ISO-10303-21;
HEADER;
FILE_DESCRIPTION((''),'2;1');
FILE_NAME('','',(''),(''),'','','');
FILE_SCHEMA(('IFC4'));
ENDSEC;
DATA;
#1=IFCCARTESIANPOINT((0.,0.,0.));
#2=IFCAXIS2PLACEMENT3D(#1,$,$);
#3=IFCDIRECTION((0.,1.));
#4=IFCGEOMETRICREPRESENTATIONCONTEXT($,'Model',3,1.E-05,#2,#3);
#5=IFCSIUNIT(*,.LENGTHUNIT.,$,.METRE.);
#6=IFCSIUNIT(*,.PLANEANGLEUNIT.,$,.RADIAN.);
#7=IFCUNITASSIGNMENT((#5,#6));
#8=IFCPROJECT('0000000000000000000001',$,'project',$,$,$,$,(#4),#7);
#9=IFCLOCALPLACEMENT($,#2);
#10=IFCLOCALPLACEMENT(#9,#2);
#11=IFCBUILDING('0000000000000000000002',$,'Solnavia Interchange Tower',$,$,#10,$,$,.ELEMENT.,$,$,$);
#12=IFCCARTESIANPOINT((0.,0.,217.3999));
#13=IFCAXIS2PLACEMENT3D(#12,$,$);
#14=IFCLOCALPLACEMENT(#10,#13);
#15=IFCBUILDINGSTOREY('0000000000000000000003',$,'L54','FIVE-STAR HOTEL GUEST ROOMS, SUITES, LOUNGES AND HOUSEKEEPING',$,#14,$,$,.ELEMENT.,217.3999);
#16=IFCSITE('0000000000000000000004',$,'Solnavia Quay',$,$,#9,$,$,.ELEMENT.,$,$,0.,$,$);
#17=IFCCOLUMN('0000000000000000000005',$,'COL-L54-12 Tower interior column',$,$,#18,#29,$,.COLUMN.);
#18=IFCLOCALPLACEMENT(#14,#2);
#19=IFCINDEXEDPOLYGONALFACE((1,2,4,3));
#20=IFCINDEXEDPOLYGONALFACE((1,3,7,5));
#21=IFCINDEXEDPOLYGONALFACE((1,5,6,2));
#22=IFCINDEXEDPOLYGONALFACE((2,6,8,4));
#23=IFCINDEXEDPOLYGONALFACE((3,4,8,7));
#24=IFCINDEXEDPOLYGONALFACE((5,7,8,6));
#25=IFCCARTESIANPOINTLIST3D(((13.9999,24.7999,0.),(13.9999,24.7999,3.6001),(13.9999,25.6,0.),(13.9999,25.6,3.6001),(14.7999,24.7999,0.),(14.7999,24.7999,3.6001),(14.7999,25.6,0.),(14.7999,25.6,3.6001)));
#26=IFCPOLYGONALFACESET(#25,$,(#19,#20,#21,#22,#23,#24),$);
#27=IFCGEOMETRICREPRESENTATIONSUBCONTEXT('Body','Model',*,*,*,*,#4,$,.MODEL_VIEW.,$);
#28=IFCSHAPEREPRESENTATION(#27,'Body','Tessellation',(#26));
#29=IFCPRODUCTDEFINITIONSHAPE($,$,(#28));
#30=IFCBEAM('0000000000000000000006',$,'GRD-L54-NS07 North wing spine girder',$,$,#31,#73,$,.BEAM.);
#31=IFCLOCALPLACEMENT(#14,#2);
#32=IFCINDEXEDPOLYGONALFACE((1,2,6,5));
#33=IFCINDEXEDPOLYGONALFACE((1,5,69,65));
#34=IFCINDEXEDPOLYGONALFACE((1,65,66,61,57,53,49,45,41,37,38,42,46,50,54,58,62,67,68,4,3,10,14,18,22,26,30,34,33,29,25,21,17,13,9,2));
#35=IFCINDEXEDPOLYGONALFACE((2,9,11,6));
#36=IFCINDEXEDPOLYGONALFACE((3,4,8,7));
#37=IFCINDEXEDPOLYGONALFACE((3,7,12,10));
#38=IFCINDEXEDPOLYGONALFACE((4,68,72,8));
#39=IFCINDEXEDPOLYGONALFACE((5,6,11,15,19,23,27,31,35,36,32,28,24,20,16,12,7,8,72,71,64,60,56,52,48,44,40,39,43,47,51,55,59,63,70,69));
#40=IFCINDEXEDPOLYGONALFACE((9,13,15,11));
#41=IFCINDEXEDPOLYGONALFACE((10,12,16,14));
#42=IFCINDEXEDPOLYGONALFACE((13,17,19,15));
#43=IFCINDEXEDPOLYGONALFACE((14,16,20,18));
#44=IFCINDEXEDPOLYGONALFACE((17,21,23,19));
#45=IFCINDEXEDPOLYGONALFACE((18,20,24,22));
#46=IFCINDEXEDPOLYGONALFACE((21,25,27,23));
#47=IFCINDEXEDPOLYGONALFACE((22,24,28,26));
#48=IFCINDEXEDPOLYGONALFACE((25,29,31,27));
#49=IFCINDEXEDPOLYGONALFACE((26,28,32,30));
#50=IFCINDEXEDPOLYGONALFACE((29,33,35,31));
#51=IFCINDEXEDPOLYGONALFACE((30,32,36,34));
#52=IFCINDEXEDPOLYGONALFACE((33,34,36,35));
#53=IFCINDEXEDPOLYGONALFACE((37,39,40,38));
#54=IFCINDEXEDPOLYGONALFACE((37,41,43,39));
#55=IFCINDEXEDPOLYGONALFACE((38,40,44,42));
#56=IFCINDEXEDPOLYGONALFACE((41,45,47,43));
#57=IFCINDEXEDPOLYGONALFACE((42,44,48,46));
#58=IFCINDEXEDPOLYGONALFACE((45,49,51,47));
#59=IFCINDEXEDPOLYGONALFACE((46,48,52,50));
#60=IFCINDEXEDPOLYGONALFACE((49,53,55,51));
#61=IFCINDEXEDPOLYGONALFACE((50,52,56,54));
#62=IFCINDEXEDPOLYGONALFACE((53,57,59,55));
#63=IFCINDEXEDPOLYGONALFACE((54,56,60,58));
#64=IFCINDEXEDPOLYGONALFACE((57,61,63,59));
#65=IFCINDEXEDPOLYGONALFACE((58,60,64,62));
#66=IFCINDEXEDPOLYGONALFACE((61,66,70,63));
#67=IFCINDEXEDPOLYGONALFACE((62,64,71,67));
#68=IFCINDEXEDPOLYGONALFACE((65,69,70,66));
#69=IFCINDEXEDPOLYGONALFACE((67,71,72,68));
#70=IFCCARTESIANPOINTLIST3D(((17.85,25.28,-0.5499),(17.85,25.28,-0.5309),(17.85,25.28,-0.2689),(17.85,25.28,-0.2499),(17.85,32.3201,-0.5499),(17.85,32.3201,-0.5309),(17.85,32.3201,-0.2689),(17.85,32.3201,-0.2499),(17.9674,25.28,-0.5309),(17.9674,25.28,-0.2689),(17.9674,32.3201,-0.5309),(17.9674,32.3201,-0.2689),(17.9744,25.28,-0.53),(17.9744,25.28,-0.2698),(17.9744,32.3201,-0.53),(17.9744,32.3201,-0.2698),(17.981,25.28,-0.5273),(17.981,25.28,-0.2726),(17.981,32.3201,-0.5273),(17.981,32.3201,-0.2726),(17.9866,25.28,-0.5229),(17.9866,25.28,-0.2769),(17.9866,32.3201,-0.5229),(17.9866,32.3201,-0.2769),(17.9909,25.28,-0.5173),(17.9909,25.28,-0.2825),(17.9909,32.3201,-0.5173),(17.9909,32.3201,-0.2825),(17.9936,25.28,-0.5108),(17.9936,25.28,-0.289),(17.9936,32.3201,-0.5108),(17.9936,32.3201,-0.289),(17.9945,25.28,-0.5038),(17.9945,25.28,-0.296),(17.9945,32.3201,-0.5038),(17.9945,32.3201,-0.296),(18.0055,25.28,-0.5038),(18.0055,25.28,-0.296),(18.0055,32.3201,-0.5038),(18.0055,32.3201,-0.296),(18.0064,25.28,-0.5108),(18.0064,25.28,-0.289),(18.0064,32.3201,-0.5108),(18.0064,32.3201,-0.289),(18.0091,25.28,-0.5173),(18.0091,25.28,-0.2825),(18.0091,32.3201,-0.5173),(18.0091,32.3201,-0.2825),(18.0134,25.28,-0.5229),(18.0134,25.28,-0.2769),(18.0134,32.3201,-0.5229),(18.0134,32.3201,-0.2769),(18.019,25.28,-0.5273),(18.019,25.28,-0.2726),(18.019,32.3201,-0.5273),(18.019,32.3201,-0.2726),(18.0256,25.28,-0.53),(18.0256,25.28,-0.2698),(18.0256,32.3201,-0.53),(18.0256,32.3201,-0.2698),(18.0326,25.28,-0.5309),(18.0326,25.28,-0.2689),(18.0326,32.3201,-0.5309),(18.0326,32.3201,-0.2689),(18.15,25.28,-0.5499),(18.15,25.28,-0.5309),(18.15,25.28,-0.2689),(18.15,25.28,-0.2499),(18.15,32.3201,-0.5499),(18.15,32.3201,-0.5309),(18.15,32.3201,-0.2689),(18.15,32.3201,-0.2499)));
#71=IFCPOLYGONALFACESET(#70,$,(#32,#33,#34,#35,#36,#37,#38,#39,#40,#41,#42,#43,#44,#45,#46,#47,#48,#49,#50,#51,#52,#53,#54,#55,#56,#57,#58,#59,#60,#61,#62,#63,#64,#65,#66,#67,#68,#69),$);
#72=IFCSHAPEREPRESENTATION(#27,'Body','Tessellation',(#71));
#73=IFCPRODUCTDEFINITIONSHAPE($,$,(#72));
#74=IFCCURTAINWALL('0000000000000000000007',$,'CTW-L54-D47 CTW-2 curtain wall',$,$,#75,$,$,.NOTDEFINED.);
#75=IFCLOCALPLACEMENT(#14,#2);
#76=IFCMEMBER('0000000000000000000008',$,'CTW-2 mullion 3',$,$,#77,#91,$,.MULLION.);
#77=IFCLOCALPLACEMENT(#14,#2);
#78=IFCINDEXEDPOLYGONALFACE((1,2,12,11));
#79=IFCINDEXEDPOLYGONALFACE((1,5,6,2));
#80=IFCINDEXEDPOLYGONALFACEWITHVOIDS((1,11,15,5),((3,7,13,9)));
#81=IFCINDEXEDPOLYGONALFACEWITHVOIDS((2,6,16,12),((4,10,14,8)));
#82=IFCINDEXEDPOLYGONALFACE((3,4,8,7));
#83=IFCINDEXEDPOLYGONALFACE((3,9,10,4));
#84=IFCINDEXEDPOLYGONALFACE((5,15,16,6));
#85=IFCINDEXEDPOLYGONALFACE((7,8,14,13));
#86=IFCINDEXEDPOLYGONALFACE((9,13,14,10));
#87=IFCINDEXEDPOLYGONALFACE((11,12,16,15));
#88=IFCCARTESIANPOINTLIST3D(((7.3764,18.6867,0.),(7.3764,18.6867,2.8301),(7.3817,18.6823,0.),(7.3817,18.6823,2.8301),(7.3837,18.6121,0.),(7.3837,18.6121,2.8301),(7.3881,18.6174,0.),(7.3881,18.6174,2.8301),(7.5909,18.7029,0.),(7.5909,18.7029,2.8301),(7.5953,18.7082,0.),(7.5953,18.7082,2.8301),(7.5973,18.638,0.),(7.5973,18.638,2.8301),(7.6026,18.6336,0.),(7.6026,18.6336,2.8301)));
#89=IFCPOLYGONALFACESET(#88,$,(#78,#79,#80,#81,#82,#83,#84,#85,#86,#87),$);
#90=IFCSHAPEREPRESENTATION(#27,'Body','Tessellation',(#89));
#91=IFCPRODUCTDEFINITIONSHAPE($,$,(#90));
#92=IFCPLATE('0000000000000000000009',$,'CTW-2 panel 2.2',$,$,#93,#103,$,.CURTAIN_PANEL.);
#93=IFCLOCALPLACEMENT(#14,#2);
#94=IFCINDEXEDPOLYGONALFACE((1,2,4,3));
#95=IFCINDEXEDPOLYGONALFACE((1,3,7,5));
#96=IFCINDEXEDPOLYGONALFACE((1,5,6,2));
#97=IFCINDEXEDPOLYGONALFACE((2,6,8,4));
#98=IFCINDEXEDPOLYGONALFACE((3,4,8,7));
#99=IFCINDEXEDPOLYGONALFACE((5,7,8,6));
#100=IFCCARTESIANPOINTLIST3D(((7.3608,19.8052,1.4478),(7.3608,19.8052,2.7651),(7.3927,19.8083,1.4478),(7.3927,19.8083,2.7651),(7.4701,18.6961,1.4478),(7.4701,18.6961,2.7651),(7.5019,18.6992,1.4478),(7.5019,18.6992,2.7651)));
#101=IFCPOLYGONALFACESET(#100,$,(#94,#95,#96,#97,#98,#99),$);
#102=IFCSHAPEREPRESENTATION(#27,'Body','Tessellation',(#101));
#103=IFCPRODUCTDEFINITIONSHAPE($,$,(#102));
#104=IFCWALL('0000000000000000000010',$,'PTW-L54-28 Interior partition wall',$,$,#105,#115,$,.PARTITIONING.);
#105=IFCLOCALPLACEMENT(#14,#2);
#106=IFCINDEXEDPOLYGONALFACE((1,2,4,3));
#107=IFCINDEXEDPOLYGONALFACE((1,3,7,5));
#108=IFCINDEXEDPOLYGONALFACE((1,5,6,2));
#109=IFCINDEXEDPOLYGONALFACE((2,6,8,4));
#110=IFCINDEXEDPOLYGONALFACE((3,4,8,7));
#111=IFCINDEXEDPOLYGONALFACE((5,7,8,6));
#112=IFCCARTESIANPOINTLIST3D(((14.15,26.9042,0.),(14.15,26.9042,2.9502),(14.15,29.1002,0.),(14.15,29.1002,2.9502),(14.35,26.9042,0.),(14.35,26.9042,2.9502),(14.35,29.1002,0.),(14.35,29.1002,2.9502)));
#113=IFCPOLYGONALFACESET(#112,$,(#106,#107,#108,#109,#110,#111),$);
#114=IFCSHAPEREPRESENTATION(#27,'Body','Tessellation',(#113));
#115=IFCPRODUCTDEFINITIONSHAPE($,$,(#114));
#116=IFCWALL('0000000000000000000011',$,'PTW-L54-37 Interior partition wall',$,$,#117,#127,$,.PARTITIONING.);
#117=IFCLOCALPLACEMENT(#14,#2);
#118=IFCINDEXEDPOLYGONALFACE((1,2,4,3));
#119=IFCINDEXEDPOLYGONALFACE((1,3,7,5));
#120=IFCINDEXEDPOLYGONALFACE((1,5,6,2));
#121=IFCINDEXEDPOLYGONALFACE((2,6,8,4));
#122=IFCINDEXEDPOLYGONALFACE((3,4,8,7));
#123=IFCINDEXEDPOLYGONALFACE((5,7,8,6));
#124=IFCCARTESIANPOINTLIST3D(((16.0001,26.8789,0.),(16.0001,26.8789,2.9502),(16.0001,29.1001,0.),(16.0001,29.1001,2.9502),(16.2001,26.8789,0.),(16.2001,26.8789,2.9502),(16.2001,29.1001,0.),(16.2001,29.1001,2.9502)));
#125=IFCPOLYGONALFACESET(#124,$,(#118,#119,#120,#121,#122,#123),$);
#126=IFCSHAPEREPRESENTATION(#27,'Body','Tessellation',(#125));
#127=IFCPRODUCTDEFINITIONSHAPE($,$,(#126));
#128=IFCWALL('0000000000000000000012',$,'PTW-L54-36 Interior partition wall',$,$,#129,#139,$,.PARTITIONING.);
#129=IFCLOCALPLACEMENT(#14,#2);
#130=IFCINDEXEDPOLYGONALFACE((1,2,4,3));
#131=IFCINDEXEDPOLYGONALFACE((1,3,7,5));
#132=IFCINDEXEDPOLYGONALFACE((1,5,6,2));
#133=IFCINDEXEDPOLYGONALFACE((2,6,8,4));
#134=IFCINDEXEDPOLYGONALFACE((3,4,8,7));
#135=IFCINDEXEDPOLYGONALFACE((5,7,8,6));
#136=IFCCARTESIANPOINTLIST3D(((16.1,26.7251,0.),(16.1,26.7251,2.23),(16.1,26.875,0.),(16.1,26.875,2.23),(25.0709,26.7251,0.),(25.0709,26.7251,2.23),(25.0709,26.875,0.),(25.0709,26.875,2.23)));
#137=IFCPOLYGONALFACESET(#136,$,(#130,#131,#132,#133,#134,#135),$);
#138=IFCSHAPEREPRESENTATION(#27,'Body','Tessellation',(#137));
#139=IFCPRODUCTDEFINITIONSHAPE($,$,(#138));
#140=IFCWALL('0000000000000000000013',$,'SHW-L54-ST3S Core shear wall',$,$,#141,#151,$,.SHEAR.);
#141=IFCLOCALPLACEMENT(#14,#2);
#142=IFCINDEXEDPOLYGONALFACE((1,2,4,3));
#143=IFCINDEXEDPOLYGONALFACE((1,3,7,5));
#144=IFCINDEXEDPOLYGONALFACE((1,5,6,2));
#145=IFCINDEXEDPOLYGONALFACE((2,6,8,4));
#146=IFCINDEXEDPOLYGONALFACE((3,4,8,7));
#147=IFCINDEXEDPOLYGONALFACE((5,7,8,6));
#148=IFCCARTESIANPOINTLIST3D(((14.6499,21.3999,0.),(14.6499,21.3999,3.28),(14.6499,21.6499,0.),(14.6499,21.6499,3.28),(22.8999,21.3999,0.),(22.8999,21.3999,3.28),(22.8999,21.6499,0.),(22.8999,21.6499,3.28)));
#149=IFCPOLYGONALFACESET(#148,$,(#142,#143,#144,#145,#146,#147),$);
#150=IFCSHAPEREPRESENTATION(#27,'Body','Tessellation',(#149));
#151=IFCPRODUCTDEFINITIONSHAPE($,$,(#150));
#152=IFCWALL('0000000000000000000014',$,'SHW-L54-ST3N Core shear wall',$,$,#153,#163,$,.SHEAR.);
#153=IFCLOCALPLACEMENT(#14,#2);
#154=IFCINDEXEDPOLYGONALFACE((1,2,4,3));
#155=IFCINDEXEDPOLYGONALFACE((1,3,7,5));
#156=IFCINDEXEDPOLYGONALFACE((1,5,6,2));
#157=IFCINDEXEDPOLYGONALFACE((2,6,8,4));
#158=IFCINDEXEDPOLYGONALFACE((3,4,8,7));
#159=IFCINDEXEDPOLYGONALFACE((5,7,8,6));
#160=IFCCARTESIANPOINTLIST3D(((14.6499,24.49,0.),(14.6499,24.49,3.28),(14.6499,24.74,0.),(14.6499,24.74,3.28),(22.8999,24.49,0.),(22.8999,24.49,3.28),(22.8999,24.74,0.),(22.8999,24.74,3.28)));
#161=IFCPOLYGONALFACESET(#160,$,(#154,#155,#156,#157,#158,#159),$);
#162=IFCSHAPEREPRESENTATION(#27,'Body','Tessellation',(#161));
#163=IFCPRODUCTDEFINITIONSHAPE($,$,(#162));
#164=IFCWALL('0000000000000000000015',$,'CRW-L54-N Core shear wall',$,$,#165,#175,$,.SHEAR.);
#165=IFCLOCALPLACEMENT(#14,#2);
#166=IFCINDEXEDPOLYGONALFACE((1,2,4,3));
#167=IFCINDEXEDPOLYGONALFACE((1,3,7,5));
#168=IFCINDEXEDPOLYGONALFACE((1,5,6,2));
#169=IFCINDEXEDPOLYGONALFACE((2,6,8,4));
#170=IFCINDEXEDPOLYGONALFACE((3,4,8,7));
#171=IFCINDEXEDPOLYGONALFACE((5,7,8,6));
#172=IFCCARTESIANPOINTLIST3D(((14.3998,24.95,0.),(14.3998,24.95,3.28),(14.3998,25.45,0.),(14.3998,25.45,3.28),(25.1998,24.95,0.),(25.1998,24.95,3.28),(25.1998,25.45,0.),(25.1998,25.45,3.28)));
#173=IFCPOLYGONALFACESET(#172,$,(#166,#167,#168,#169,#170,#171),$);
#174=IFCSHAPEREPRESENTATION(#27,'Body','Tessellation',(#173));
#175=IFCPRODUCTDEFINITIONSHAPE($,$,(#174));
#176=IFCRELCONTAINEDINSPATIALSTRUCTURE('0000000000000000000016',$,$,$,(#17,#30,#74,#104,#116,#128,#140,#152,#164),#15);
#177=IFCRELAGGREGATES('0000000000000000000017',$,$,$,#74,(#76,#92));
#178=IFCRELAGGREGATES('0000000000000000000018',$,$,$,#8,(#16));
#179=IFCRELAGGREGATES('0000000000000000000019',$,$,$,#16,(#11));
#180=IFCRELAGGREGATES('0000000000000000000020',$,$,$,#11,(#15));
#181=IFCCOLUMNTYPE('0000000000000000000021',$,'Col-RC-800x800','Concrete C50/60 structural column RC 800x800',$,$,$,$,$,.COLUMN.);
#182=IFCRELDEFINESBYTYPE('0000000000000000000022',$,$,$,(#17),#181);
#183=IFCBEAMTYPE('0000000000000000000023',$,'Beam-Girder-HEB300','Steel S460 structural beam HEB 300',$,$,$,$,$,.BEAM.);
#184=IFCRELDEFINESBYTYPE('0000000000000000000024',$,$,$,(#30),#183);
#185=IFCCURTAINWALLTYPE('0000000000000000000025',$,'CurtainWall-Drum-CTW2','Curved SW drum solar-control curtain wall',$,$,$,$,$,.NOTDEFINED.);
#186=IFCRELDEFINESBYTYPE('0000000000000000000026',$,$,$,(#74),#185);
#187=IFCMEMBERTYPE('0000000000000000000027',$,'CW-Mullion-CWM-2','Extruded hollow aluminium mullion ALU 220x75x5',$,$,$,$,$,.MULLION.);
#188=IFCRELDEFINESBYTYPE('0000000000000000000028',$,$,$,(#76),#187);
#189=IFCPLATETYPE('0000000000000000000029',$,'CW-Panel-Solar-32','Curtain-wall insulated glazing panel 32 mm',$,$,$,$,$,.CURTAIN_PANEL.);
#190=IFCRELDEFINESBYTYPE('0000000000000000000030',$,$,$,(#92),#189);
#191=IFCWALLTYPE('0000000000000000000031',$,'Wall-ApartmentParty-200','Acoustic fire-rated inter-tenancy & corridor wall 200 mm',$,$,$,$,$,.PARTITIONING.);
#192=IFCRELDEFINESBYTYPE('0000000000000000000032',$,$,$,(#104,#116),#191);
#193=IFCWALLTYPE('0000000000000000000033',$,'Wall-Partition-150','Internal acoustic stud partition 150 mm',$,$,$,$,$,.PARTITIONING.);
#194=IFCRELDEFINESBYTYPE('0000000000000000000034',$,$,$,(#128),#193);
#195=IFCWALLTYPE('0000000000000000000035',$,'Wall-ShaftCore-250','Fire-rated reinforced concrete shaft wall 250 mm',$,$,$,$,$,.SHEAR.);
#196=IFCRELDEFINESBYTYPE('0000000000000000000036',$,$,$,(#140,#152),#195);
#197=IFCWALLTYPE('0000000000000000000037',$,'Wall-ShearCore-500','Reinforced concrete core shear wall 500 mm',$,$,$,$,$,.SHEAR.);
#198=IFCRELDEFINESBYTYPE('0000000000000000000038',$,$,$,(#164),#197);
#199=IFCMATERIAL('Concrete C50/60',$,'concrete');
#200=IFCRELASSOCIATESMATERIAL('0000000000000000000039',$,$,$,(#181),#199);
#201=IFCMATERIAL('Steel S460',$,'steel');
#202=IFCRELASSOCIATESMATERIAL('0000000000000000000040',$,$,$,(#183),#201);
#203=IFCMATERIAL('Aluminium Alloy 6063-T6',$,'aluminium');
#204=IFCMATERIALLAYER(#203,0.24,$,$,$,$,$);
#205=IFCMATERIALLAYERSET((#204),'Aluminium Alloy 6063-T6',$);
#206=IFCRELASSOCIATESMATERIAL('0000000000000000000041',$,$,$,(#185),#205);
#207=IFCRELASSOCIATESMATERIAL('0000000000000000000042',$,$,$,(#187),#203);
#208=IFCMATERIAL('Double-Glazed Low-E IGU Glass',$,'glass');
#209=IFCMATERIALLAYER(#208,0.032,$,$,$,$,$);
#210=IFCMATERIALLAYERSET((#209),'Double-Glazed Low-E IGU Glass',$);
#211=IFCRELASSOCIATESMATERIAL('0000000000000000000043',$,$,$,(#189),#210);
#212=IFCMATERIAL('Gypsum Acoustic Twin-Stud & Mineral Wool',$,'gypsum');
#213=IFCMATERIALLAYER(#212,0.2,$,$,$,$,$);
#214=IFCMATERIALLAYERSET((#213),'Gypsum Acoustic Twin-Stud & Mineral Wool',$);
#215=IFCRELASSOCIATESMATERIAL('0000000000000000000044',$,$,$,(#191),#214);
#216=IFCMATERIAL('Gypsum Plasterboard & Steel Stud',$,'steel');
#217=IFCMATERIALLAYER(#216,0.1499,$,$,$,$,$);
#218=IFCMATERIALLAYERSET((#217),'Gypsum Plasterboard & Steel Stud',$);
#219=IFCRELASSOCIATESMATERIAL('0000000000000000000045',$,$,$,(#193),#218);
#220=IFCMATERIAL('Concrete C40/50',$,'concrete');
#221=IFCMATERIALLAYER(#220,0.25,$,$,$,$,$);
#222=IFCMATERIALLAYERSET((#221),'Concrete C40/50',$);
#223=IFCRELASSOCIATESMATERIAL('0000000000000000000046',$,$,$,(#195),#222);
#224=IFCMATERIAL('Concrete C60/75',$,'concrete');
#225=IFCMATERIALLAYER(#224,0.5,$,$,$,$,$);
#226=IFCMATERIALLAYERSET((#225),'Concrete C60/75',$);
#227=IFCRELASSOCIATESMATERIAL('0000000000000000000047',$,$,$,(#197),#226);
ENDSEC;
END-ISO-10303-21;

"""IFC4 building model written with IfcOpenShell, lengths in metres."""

from ifc_helpers import new_model, si_unit, direction, frame, frame_2d, origin, origin_2d, place, context, subcontext, project, spatial, rectangle, hollow_rectangle, i_section, extrude, material, layer, layer_set, material_profile, profile_set, type_object, element, aggregate, save


model = new_model("IFC4")

# Units and contexts
model_context = context("Model", 3, precision=1e-05, world=origin(), true_north=direction((0.0, 1.0)))
body_context = subcontext(model_context, "Body", "Model", "MODEL_VIEW")
ifc_project = project(units=[si_unit("LENGTHUNIT", "METRE"), si_unit("PLANEANGLEUNIT", "RADIAN")], contexts=[model_context])

# Site, building, storey
site_placement = place(None, origin())
site = spatial("IfcSite", under=ifc_project, at=site_placement, Name="Solnavia Quay", CompositionType="ELEMENT", RefElevation=0.0)
building_placement = place(site_placement, origin())
building = spatial("IfcBuilding", under=site, at=building_placement, Name="Solnavia Interchange Tower", CompositionType="ELEMENT")
storey_placement = place(building_placement, frame((0.0, 0.0, 217.3999)))
storey = spatial("IfcBuildingStorey", under=building, at=storey_placement, Name="L54", Description="FIVE-STAR HOTEL GUEST ROOMS, SUITES, LOUNGES AND HOUSEKEEPING", CompositionType="ELEMENT", Elevation=217.3999)

# Column
ifc_material_1 = material(Name="Concrete C50/60", Category="concrete")
ifc_material_profile_1 = material_profile(ifc_material_1, rectangle(XDim=0.8, YDim=0.8, at=origin_2d()), Name="RC 800x800")
ifc_profile_set_1 = profile_set([ifc_material_profile_1], Name="Concrete C50/60")
column_type = type_object("IfcColumnType", Name="Col-RC-800x800", Description="Concrete C50/60 structural column RC 800x800", PredefinedType="COLUMN", material=ifc_profile_set_1)
column_placement = place(storey_placement, frame((14.3999, 25.2, 0.0), z_axis=(0.0, 0.0, 1.0), x_axis=(1.0, 0.0, 0.0)))
element("IfcColumn", 1, at=column_placement, inside=storey, type_object=column_type, Name="COL-L54-12 Tower interior column", PredefinedType="COLUMN", context=body_context, shape_type="SweptSolid", body=[
    extrude(rectangle(XDim=0.8, YDim=0.8, at=origin_2d()), origin(), (0.0, 0.0, 1.0), 3.6001),
])

# Beam
ifc_material_2 = material(Name="Steel S460", Category="steel")
ifc_material_profile_2 = material_profile(ifc_material_2, i_section(OverallWidth=0.3, OverallDepth=0.3, WebThickness=0.011, FlangeThickness=0.019, FilletRadius=0.0271, at=origin_2d()), Name="HEB 300")
ifc_profile_set_2 = profile_set([ifc_material_profile_2], Name="Steel S460")
beam_type = type_object("IfcBeamType", Name="Beam-Girder-HEB300", Description="Steel S460 structural beam HEB 300", PredefinedType="BEAM", material=ifc_profile_set_2)
beam_placement = place(storey_placement, frame((18.0, 25.28, -0.3999), z_axis=(0.0, 1.0, 0.0), x_axis=(-1.0, 0.0, 0.0)))
element("IfcBeam", 2, at=beam_placement, inside=storey, type_object=beam_type, Name="GRD-L54-NS07 North wing spine girder", PredefinedType="BEAM", context=body_context, shape_type="SweptSolid", body=[
    extrude(i_section(OverallWidth=0.3, OverallDepth=0.3, WebThickness=0.011, FlangeThickness=0.019, FilletRadius=0.0271, at=origin_2d()), origin(), (0.0, 0.0, 1.0), 7.04),
])

# Curtain wall, member, plate
ifc_material_3 = material(Name="Aluminium Alloy 6063-T6", Category="aluminium")
ifc_layer_1 = layer(ifc_material_3, 0.24)
ifc_layer_set_1 = layer_set([ifc_layer_1], Name="Aluminium Alloy 6063-T6")
curtain_wall_type = type_object("IfcCurtainWallType", Name="CurtainWall-Drum-CTW2", Description="Curved SW drum solar-control curtain wall", PredefinedType="NOTDEFINED", material=ifc_layer_set_1)
curtain_wall_placement = place(storey_placement, origin())
curtain_wall = element("IfcCurtainWall", 3, at=curtain_wall_placement, inside=storey, type_object=curtain_wall_type, Name="CTW-L54-D47 CTW-2 curtain wall", PredefinedType="NOTDEFINED")
ifc_material_profile_3 = material_profile(ifc_material_3, hollow_rectangle(XDim=0.075, YDim=0.22, WallThickness=0.0049, at=origin_2d()), Name="ALU 220x75x5")
ifc_profile_set_3 = profile_set([ifc_material_profile_3], Name="Aluminium Alloy 6063-T6")
member_type = type_object("IfcMemberType", Name="CW-Mullion-CWM-2", Description="Extruded hollow aluminium mullion ALU 220x75x5", PredefinedType="MULLION", material=ifc_profile_set_3)
member_placement = place(storey_placement, frame((7.4895, 18.6602, 0.0), z_axis=(0.0, 0.0, 1.0), x_axis=(0.098043, -0.995182, 0.0)))
member = element("IfcMember", 4, at=member_placement, type_object=member_type, Name="CTW-2 mullion 3", PredefinedType="MULLION", context=body_context, shape_type="SweptSolid", body=[
    extrude(hollow_rectangle(XDim=0.075, YDim=0.22, WallThickness=0.0049, at=origin_2d()), origin(), (0.0, 0.0, 1.0), 2.8301),
])
ifc_material_4 = material(Name="Double-Glazed Low-E IGU Glass", Category="glass")
ifc_layer_2 = layer(ifc_material_4, 0.032)
ifc_layer_set_2 = layer_set([ifc_layer_2], Name="Double-Glazed Low-E IGU Glass")
plate_type = type_object("IfcPlateType", Name="CW-Panel-Solar-32", Description="Curtain-wall insulated glazing panel 32 mm", PredefinedType="CURTAIN_PANEL", material=ifc_layer_set_2)
plate_placement = place(storey_placement, frame((7.4314, 19.2522, 1.4478), z_axis=(0.0, 0.0, 1.0), x_axis=(0.098043, -0.995182, 0.0)))
plate = element("IfcPlate", 5, at=plate_placement, type_object=plate_type, Name="CTW-2 panel 2.2", PredefinedType="CURTAIN_PANEL", context=body_context, shape_type="SweptSolid", body=[
    extrude(rectangle(XDim=1.1145, YDim=0.032, at=origin_2d()), origin(), (0.0, 0.0, 1.0), 1.3174),
])
aggregate(curtain_wall, [member, plate])

# Walls
ifc_material_5 = material(Name="Gypsum Acoustic Twin-Stud & Mineral Wool", Category="gypsum")
ifc_layer_3 = layer(ifc_material_5, 0.2)
ifc_layer_set_3 = layer_set([ifc_layer_3], Name="Gypsum Acoustic Twin-Stud & Mineral Wool")
wall_type_1 = type_object("IfcWallType", Name="Wall-ApartmentParty-200", Description="Acoustic fire-rated inter-tenancy & corridor wall 200 mm", PredefinedType="PARTITIONING", material=ifc_layer_set_3)
wall_1_placement = place(storey_placement, frame((14.25, 26.9041, 0.0), z_axis=(0.0, 0.0, 1.0), x_axis=(0.0, 1.0, 0.0)))
element("IfcWall", 6, at=wall_1_placement, inside=storey, type_object=wall_type_1, Name="PTW-L54-28 Interior partition wall", PredefinedType="PARTITIONING", context=body_context, shape_type="SweptSolid", body=[
    extrude(rectangle(XDim=2.196, YDim=0.2, at=frame_2d((1.0981, 0.0))), origin(), (0.0, 0.0, 1.0), 2.9502),
])
wall_2_placement = place(storey_placement, frame((16.1001, 26.8789, 0.0), z_axis=(0.0, 0.0, 1.0), x_axis=(0.0, 1.0, 0.0)))
element("IfcWall", 7, at=wall_2_placement, inside=storey, type_object=wall_type_1, Name="PTW-L54-37 Interior partition wall", PredefinedType="PARTITIONING", context=body_context, shape_type="SweptSolid", body=[
    extrude(rectangle(XDim=2.2212, YDim=0.2, at=frame_2d((1.1106, 0.0))), origin(), (0.0, 0.0, 1.0), 2.9502),
])
ifc_material_6 = material(Name="Gypsum Plasterboard & Steel Stud", Category="steel")
ifc_layer_4 = layer(ifc_material_6, 0.1499)
ifc_layer_set_4 = layer_set([ifc_layer_4], Name="Gypsum Plasterboard & Steel Stud")
wall_type_2 = type_object("IfcWallType", Name="Wall-Partition-150", Description="Internal acoustic stud partition 150 mm", PredefinedType="PARTITIONING", material=ifc_layer_set_4)
wall_3_placement = place(storey_placement, frame((16.1001, 26.8, 0.0), z_axis=(0.0, 0.0, 1.0), x_axis=(1.0, 0.0, 0.0)))
element("IfcWall", 8, at=wall_3_placement, inside=storey, type_object=wall_type_2, Name="PTW-L54-36 Interior partition wall", PredefinedType="PARTITIONING", context=body_context, shape_type="SweptSolid", body=[
    extrude(rectangle(XDim=8.9709, YDim=0.1499, at=frame_2d((4.4854, 0.0))), origin(), (0.0, 0.0, 1.0), 2.23),
])
ifc_material_7 = material(Name="Concrete C40/50", Category="concrete")
ifc_layer_5 = layer(ifc_material_7, 0.25)
ifc_layer_set_5 = layer_set([ifc_layer_5], Name="Concrete C40/50")
wall_type_3 = type_object("IfcWallType", Name="Wall-ShaftCore-250", Description="Fire-rated reinforced concrete shaft wall 250 mm", PredefinedType="SHEAR", material=ifc_layer_set_5)
for number, where, z_axis, x_axis, name in (
    (9, (14.6499, 21.5249, 0.0), (0.0, 0.0, 1.0), (1.0, 0.0, 0.0), "SHW-L54-ST3S Core shear wall"),
    (10, (14.6499, 24.615, 0.0), (0.0, 0.0, 1.0), (1.0, 0.0, 0.0), "SHW-L54-ST3N Core shear wall"),
):
    element("IfcWall", number, at=place(storey_placement, frame(where, z_axis=z_axis, x_axis=x_axis)), inside=storey, type_object=wall_type_3, Name=name, PredefinedType="SHEAR", context=body_context, shape_type="SweptSolid", body=[
        extrude(rectangle(XDim=8.25, YDim=0.25, at=frame_2d((4.125, 0.0))), origin(), (0.0, 0.0, 1.0), 3.28),
    ])
ifc_material_8 = material(Name="Concrete C60/75", Category="concrete")
ifc_layer_6 = layer(ifc_material_8, 0.5)
ifc_layer_set_6 = layer_set([ifc_layer_6], Name="Concrete C60/75")
wall_type_4 = type_object("IfcWallType", Name="Wall-ShearCore-500", Description="Reinforced concrete core shear wall 500 mm", PredefinedType="SHEAR", material=ifc_layer_set_6)
wall_4_placement = place(storey_placement, frame((14.3999, 25.2, 0.0), z_axis=(0.0, 0.0, 1.0), x_axis=(1.0, 0.0, 0.0)))
element("IfcWall", 11, at=wall_4_placement, inside=storey, type_object=wall_type_4, Name="CRW-L54-N Core shear wall", PredefinedType="SHEAR", context=body_context, shape_type="SweptSolid", body=[
    extrude(rectangle(XDim=10.8, YDim=0.5, at=frame_2d((5.3999, 0.0))), origin(), (0.0, 0.0, 1.0), 3.28),
])

save(model, "model.ifc")
